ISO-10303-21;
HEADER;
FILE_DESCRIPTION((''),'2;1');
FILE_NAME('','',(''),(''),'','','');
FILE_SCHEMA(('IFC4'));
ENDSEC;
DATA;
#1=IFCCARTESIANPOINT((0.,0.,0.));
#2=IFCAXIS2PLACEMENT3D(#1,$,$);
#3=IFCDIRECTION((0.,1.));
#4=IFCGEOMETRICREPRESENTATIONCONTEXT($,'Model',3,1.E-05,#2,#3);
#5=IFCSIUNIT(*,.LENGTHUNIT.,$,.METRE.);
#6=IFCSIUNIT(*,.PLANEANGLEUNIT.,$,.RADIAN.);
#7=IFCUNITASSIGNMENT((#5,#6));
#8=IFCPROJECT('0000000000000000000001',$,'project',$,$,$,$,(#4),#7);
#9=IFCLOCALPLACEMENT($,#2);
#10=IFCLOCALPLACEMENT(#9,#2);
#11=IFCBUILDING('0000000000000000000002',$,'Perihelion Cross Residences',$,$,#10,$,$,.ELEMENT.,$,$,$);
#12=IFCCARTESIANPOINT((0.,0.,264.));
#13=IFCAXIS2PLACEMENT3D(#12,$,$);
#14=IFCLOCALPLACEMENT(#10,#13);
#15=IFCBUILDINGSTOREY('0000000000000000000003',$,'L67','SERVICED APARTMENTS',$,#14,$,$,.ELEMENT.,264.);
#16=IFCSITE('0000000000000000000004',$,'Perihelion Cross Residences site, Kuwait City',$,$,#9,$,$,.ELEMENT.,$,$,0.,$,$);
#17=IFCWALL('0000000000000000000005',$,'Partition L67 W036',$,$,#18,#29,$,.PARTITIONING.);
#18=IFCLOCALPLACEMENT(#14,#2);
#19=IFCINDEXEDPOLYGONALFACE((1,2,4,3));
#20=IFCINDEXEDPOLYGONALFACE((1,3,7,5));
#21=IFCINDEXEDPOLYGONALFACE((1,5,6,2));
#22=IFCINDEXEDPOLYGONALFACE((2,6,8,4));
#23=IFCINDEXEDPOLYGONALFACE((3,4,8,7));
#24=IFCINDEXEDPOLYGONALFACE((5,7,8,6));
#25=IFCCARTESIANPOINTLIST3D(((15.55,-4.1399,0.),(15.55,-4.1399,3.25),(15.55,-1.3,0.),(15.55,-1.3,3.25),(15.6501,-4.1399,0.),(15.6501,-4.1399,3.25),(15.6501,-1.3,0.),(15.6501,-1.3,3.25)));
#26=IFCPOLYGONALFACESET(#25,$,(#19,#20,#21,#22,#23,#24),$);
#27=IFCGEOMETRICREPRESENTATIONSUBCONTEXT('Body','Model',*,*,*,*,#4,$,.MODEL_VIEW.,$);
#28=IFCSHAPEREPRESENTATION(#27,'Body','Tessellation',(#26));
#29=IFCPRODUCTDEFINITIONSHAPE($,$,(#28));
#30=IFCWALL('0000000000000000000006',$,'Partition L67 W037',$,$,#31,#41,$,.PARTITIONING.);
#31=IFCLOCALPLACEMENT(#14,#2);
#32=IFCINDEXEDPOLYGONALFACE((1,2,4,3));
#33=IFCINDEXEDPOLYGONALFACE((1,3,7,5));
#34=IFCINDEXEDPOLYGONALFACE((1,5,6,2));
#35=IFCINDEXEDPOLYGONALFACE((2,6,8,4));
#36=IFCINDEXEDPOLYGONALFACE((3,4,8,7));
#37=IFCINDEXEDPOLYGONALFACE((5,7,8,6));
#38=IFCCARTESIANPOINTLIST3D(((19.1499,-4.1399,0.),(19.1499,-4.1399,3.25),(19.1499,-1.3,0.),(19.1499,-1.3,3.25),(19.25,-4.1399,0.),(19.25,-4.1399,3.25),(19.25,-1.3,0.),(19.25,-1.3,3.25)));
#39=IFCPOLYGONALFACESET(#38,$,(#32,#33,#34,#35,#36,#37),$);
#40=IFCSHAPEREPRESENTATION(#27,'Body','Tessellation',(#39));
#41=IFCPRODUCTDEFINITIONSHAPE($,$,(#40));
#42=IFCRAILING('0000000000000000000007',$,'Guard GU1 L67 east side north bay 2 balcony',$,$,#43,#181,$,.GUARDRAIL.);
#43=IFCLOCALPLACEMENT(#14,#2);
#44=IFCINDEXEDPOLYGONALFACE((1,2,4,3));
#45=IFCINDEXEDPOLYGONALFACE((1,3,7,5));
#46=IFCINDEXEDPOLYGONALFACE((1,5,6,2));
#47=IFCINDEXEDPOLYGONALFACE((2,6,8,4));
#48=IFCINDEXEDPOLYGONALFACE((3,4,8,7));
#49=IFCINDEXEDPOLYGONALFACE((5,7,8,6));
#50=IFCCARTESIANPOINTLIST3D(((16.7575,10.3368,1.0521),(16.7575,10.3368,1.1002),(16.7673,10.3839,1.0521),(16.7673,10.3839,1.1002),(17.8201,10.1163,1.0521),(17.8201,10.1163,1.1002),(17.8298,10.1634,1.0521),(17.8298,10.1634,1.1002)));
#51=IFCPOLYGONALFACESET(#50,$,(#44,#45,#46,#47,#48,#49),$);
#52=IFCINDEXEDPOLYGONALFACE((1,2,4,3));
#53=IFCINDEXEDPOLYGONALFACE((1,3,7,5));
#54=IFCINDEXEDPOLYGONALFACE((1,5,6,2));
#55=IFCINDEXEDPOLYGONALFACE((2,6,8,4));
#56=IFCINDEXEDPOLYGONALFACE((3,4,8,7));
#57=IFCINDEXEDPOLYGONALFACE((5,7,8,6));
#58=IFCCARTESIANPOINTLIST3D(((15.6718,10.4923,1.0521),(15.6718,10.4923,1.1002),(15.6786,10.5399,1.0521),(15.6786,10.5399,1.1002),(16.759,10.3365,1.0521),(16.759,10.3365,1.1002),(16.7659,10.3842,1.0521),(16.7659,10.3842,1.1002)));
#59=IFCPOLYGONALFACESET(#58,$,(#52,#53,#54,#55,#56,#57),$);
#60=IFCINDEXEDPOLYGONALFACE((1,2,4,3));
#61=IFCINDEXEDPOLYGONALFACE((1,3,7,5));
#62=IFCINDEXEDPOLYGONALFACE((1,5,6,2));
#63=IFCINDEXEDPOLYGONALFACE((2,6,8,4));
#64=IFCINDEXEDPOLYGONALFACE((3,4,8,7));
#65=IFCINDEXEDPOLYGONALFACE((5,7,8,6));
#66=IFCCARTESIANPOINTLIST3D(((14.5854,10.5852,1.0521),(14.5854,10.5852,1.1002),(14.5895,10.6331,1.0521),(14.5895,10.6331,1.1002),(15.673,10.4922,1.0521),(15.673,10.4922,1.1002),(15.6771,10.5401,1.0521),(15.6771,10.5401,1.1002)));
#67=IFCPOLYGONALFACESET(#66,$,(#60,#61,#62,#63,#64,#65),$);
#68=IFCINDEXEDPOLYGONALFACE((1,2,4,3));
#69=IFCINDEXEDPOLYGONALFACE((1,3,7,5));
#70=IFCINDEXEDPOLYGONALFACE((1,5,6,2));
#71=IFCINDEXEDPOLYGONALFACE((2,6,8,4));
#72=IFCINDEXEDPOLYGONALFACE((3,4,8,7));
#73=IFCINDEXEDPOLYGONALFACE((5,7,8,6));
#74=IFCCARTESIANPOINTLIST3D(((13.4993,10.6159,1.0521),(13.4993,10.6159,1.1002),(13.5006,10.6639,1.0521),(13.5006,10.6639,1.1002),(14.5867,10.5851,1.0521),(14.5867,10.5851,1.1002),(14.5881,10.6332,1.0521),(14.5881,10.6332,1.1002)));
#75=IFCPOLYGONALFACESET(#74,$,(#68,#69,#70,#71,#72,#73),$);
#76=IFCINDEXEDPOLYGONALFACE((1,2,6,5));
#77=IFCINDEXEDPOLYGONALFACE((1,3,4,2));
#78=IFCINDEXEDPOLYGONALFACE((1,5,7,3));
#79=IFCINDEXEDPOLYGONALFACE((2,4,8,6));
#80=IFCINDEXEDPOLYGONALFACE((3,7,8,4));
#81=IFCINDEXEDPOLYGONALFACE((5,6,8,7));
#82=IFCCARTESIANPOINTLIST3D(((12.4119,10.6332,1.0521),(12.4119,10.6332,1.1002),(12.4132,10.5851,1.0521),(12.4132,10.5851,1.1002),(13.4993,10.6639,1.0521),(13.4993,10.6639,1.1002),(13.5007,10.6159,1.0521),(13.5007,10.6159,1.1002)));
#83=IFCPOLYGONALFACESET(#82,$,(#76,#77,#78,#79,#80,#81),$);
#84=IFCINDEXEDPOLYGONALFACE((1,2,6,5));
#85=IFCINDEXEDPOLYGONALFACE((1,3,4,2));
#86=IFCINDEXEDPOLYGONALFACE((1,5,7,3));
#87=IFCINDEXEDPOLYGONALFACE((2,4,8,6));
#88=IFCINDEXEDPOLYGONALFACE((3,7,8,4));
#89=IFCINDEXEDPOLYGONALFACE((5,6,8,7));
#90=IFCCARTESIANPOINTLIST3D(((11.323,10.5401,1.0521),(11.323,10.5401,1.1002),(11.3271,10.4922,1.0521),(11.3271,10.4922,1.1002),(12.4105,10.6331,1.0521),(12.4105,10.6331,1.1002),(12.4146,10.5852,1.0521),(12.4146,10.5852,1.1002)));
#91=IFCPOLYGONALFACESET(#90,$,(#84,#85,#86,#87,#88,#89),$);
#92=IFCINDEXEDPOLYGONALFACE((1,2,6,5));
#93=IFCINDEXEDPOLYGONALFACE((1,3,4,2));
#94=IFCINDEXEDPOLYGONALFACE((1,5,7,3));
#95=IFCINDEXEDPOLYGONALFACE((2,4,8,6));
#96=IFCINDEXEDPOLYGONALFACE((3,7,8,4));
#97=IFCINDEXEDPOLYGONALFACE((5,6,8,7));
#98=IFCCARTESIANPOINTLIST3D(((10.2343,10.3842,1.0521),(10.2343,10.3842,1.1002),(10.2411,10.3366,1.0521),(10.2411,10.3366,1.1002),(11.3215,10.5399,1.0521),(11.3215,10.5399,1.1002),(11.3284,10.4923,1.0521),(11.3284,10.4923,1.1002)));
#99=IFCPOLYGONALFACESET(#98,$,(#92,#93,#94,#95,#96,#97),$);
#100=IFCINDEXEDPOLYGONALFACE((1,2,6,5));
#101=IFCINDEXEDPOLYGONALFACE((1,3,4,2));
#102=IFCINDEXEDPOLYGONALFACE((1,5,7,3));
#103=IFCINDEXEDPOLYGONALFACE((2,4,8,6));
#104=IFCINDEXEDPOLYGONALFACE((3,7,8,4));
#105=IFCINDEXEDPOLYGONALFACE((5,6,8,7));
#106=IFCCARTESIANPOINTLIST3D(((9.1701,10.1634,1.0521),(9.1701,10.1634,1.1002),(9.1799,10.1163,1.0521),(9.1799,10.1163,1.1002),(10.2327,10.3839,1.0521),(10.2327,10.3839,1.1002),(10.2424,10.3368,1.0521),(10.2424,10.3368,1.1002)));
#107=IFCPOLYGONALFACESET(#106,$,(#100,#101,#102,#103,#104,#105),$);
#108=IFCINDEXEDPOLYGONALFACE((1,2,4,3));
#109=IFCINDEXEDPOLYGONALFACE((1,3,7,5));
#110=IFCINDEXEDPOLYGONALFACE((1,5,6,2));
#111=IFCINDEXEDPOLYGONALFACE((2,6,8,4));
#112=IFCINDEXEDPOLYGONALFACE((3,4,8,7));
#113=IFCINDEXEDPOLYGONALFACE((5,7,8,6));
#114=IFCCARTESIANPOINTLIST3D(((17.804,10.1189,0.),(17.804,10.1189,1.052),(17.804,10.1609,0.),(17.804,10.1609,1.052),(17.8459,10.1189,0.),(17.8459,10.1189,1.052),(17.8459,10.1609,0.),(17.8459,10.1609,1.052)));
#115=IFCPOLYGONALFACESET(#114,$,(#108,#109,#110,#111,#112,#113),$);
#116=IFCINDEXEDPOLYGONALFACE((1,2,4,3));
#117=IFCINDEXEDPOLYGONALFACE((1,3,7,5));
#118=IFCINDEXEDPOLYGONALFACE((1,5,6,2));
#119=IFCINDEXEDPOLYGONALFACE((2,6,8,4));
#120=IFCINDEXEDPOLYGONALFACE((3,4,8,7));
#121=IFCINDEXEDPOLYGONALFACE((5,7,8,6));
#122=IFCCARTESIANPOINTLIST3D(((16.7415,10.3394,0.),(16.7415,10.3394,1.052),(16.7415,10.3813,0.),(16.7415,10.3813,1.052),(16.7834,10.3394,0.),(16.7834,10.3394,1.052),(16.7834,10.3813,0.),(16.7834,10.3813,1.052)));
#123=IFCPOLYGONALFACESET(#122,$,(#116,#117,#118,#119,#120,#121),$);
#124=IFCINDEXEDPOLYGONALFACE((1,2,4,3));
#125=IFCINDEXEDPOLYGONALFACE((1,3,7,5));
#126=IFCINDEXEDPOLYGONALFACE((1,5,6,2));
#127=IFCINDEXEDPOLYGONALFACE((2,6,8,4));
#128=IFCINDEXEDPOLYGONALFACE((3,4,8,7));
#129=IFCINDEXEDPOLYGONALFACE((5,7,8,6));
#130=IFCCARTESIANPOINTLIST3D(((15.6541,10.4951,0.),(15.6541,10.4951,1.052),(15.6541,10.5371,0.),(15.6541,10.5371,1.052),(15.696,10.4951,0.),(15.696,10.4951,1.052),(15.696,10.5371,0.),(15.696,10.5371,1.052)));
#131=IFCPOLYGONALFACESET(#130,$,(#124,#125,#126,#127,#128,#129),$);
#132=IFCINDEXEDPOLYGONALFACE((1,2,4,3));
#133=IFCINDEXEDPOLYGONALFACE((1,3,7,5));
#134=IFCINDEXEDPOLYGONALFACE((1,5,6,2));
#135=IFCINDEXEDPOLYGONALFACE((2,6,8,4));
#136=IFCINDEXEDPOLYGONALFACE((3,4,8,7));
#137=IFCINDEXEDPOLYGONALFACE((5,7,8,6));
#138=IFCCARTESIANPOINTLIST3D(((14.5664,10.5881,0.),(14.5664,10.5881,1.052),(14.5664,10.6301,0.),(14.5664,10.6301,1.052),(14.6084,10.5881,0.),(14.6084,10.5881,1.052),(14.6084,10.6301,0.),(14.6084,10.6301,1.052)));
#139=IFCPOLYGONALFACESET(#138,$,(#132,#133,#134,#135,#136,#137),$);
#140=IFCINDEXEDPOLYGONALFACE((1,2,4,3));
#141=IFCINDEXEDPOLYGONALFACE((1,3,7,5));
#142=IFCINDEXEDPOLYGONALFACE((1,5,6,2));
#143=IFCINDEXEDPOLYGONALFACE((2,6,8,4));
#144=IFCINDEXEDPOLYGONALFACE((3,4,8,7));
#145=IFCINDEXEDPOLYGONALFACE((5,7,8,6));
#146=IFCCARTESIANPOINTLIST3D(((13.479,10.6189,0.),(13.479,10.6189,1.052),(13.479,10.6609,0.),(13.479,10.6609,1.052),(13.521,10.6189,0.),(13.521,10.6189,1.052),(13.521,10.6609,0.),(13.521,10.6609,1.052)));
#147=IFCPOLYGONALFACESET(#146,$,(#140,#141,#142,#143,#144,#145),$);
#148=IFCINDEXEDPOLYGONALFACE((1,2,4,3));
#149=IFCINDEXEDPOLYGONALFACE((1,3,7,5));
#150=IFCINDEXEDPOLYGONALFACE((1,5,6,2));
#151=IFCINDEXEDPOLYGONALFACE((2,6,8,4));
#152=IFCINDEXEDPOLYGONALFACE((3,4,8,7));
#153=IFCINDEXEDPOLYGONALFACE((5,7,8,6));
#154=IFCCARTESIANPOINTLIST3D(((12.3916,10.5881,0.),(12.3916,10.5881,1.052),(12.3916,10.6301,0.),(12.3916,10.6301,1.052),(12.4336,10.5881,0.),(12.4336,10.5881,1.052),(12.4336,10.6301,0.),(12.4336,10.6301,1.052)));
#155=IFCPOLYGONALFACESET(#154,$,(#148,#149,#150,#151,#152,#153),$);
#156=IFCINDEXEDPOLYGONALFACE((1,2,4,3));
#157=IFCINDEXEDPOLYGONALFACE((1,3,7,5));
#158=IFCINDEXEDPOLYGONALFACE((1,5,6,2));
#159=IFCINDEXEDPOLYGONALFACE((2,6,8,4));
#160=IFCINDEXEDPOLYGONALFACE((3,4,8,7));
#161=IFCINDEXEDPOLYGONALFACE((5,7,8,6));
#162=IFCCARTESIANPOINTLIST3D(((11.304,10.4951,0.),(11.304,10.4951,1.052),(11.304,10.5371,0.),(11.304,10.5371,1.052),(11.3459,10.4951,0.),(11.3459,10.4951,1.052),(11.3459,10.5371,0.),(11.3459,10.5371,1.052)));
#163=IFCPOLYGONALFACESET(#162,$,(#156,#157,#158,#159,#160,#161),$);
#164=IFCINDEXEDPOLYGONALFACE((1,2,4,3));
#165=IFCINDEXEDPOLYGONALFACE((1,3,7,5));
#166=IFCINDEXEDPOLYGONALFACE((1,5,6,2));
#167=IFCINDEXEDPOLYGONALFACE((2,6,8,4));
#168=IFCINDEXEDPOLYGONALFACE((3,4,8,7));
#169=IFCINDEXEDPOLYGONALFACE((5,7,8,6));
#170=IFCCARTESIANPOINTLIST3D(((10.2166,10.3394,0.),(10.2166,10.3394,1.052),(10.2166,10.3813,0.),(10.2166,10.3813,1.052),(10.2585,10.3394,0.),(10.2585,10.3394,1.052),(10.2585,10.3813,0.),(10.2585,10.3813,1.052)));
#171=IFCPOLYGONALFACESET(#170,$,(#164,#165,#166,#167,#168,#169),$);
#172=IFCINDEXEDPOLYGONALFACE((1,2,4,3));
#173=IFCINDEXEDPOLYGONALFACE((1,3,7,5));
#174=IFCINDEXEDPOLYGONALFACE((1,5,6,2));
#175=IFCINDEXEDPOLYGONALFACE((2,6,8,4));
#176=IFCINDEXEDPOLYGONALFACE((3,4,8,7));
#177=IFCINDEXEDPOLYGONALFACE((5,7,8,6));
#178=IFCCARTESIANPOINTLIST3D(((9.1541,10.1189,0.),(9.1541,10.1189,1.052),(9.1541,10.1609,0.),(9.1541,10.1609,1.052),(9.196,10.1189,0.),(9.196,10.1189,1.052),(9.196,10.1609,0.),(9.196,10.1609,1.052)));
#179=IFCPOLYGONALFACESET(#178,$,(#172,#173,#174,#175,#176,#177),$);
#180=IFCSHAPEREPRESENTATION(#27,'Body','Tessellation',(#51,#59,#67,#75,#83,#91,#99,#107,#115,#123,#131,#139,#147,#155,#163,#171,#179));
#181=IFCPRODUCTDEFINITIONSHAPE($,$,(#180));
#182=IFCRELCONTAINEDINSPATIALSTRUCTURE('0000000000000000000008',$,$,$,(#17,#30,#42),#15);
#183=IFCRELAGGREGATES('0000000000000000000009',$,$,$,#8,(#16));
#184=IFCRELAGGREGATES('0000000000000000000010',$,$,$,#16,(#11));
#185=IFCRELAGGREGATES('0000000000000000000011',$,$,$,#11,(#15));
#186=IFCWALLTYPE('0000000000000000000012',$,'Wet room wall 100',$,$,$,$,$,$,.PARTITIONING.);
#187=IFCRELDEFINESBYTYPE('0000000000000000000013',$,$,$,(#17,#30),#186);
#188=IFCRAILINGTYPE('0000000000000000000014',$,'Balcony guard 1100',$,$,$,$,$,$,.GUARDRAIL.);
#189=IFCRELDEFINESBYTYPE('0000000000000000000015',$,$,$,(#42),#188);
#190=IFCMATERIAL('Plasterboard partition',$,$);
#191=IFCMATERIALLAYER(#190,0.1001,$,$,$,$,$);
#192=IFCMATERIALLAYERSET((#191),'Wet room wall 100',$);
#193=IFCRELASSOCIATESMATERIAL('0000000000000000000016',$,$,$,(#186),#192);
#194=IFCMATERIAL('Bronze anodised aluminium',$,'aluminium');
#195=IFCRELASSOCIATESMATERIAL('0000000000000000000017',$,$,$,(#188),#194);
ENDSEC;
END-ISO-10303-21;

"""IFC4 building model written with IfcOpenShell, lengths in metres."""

from ifc_helpers import new_model, si_unit, direction, frame, frame_2d, origin, origin_2d, place, context, subcontext, project, spatial, rectangle, extrude, material, layer, layer_set, type_object, element, save


model = new_model("IFC4")

# Units and contexts
model_context = context("Model", 3, precision=1e-05, world=origin(), true_north=direction((0.0, 1.0)))
body_context = subcontext(model_context, "Body", "Model", "MODEL_VIEW")
ifc_project = project(units=[si_unit("LENGTHUNIT", "METRE"), si_unit("PLANEANGLEUNIT", "RADIAN")], contexts=[model_context])

# Site, building, storey
site_placement = place(None, origin())
site = spatial("IfcSite", under=ifc_project, at=site_placement, Name="Perihelion Cross Residences site, Kuwait City", CompositionType="ELEMENT", RefElevation=0.0)
building_placement = place(site_placement, origin())
building = spatial("IfcBuilding", under=site, at=building_placement, Name="Perihelion Cross Residences", CompositionType="ELEMENT")
storey_placement = place(building_placement, frame((0.0, 0.0, 264.0)))
storey = spatial("IfcBuildingStorey", under=building, at=storey_placement, Name="L67", Description="SERVICED APARTMENTS", CompositionType="ELEMENT", Elevation=264.0)

# Shared definitions
ifc_material_1 = material(Name="Plasterboard partition")
ifc_layer_1 = layer(ifc_material_1, 0.1001)
ifc_layer_set_1 = layer_set([ifc_layer_1], Name="Wet room wall 100")
wall_type_1 = type_object("IfcWallType", Name="Wet room wall 100", PredefinedType="PARTITIONING", material=ifc_layer_set_1)

# Walls
for number, where, z_axis, x_axis, name in (
    (1, (15.6001, -1.3, 0.0), (0.0, 0.0, 1.0), (0.0, -1.0, 0.0), "Partition L67 W036"),
    (2, (19.2, -1.3, 0.0), (0.0, 0.0, 1.0), (0.0, -1.0, 0.0), "Partition L67 W037"),
):
    element("IfcWall", number, at=place(storey_placement, frame(where, z_axis=z_axis, x_axis=x_axis)), inside=storey, type_object=wall_type_1, Name=name, PredefinedType="PARTITIONING", context=body_context, shape_type="SweptSolid", body=[
        extrude(rectangle(XDim=2.8398, YDim=0.1001, at=frame_2d((1.4199, 0.0))), origin(), (0.0, 0.0, 1.0), 3.25),
    ])

# Railing
ifc_material_2 = material(Name="Bronze anodised aluminium", Category="aluminium")
railing_type = type_object("IfcRailingType", Name="Balcony guard 1100", PredefinedType="GUARDRAIL", material=ifc_material_2)
railing_1_placement = place(storey_placement, frame((17.825, 10.1399, 0.0)))
element("IfcRailing", 3, at=railing_1_placement, inside=storey, type_object=railing_type, Name="Guard GU1 L67 east side north bay 2 balcony", PredefinedType="GUARDRAIL", context=body_context, shape_type="SweptSolid", body=[
    extrude(rectangle(XDim=0.0481, YDim=0.0481, at=origin_2d()), frame((0.0, 0.0, 1.0762), z_axis=(-0.979145, 0.203164, 0.0), x_axis=(-0.203164, -0.979145, 0.0)), (0.0, 0.0, 1.0), 1.0852),
    extrude(rectangle(XDim=0.0481, YDim=0.0481, at=origin_2d()), frame((-1.0625, 0.2205, 1.0762), z_axis=(-0.989896, 0.141795, 0.0), x_axis=(-0.141795, -0.989896, 0.0)), (0.0, 0.0, 1.0), 1.0984),
    extrude(rectangle(XDim=0.0481, YDim=0.0481, at=origin_2d()), frame((-2.1499, 0.3762, 1.0762), z_axis=(-0.996363, 0.085211, 0.0), x_axis=(-0.085211, -0.996363, 0.0)), (0.0, 0.0, 1.0), 1.0916),
    extrude(rectangle(XDim=0.0481, YDim=0.0481, at=origin_2d()), frame((-3.2375, 0.4692, 1.0762), z_axis=(-0.9996, 0.028278, 0.0), x_axis=(-0.028278, -0.9996, 0.0)), (0.0, 0.0, 1.0), 1.0879),
    extrude(rectangle(XDim=0.0481, YDim=0.0481, at=origin_2d()), frame((-4.325, 0.5, 1.0762), z_axis=(-0.9996, -0.028278, 0.0), x_axis=(0.028278, -0.9996, 0.0)), (0.0, 0.0, 1.0), 1.0879),
    extrude(rectangle(XDim=0.0481, YDim=0.0481, at=origin_2d()), frame((-5.4124, 0.4692, 1.0762), z_axis=(-0.996363, -0.085211, 0.0), x_axis=(0.085211, -0.996363, 0.0)), (0.0, 0.0, 1.0), 1.0916),
    extrude(rectangle(XDim=0.0481, YDim=0.0481, at=origin_2d()), frame((-6.5, 0.3762, 1.0762), z_axis=(-0.989896, -0.141795, 0.0), x_axis=(0.141795, -0.989896, 0.0)), (0.0, 0.0, 1.0), 1.0984),
    extrude(rectangle(XDim=0.0481, YDim=0.0481, at=origin_2d()), frame((-7.5874, 0.2205, 1.0762), z_axis=(-0.979145, -0.203164, 0.0), x_axis=(0.203164, -0.979145, 0.0)), (0.0, 0.0, 1.0), 1.0852),
    extrude(rectangle(XDim=0.042, YDim=0.042, at=origin_2d()), origin(), (0.0, 0.0, 1.0), 1.052),
    extrude(rectangle(XDim=0.042, YDim=0.042, at=origin_2d()), frame((-1.0625, 0.2205, 0.0)), (0.0, 0.0, 1.0), 1.052),
    extrude(rectangle(XDim=0.042, YDim=0.042, at=origin_2d()), frame((-2.1499, 0.3762, 0.0)), (0.0, 0.0, 1.0), 1.052),
    extrude(rectangle(XDim=0.042, YDim=0.042, at=origin_2d()), frame((-3.2375, 0.4692, 0.0)), (0.0, 0.0, 1.0), 1.052),
    extrude(rectangle(XDim=0.042, YDim=0.042, at=origin_2d()), frame((-4.325, 0.5, 0.0)), (0.0, 0.0, 1.0), 1.052),
    extrude(rectangle(XDim=0.042, YDim=0.042, at=origin_2d()), frame((-5.4124, 0.4692, 0.0)), (0.0, 0.0, 1.0), 1.052),
    extrude(rectangle(XDim=0.042, YDim=0.042, at=origin_2d()), frame((-6.5, 0.3762, 0.0)), (0.0, 0.0, 1.0), 1.052),
    extrude(rectangle(XDim=0.042, YDim=0.042, at=origin_2d()), frame((-7.5874, 0.2205, 0.0)), (0.0, 0.0, 1.0), 1.052),
    extrude(rectangle(XDim=0.042, YDim=0.042, at=origin_2d()), frame((-8.6499, 0.0, 0.0)), (0.0, 0.0, 1.0), 1.052),
])

save(model, "model.ifc")
